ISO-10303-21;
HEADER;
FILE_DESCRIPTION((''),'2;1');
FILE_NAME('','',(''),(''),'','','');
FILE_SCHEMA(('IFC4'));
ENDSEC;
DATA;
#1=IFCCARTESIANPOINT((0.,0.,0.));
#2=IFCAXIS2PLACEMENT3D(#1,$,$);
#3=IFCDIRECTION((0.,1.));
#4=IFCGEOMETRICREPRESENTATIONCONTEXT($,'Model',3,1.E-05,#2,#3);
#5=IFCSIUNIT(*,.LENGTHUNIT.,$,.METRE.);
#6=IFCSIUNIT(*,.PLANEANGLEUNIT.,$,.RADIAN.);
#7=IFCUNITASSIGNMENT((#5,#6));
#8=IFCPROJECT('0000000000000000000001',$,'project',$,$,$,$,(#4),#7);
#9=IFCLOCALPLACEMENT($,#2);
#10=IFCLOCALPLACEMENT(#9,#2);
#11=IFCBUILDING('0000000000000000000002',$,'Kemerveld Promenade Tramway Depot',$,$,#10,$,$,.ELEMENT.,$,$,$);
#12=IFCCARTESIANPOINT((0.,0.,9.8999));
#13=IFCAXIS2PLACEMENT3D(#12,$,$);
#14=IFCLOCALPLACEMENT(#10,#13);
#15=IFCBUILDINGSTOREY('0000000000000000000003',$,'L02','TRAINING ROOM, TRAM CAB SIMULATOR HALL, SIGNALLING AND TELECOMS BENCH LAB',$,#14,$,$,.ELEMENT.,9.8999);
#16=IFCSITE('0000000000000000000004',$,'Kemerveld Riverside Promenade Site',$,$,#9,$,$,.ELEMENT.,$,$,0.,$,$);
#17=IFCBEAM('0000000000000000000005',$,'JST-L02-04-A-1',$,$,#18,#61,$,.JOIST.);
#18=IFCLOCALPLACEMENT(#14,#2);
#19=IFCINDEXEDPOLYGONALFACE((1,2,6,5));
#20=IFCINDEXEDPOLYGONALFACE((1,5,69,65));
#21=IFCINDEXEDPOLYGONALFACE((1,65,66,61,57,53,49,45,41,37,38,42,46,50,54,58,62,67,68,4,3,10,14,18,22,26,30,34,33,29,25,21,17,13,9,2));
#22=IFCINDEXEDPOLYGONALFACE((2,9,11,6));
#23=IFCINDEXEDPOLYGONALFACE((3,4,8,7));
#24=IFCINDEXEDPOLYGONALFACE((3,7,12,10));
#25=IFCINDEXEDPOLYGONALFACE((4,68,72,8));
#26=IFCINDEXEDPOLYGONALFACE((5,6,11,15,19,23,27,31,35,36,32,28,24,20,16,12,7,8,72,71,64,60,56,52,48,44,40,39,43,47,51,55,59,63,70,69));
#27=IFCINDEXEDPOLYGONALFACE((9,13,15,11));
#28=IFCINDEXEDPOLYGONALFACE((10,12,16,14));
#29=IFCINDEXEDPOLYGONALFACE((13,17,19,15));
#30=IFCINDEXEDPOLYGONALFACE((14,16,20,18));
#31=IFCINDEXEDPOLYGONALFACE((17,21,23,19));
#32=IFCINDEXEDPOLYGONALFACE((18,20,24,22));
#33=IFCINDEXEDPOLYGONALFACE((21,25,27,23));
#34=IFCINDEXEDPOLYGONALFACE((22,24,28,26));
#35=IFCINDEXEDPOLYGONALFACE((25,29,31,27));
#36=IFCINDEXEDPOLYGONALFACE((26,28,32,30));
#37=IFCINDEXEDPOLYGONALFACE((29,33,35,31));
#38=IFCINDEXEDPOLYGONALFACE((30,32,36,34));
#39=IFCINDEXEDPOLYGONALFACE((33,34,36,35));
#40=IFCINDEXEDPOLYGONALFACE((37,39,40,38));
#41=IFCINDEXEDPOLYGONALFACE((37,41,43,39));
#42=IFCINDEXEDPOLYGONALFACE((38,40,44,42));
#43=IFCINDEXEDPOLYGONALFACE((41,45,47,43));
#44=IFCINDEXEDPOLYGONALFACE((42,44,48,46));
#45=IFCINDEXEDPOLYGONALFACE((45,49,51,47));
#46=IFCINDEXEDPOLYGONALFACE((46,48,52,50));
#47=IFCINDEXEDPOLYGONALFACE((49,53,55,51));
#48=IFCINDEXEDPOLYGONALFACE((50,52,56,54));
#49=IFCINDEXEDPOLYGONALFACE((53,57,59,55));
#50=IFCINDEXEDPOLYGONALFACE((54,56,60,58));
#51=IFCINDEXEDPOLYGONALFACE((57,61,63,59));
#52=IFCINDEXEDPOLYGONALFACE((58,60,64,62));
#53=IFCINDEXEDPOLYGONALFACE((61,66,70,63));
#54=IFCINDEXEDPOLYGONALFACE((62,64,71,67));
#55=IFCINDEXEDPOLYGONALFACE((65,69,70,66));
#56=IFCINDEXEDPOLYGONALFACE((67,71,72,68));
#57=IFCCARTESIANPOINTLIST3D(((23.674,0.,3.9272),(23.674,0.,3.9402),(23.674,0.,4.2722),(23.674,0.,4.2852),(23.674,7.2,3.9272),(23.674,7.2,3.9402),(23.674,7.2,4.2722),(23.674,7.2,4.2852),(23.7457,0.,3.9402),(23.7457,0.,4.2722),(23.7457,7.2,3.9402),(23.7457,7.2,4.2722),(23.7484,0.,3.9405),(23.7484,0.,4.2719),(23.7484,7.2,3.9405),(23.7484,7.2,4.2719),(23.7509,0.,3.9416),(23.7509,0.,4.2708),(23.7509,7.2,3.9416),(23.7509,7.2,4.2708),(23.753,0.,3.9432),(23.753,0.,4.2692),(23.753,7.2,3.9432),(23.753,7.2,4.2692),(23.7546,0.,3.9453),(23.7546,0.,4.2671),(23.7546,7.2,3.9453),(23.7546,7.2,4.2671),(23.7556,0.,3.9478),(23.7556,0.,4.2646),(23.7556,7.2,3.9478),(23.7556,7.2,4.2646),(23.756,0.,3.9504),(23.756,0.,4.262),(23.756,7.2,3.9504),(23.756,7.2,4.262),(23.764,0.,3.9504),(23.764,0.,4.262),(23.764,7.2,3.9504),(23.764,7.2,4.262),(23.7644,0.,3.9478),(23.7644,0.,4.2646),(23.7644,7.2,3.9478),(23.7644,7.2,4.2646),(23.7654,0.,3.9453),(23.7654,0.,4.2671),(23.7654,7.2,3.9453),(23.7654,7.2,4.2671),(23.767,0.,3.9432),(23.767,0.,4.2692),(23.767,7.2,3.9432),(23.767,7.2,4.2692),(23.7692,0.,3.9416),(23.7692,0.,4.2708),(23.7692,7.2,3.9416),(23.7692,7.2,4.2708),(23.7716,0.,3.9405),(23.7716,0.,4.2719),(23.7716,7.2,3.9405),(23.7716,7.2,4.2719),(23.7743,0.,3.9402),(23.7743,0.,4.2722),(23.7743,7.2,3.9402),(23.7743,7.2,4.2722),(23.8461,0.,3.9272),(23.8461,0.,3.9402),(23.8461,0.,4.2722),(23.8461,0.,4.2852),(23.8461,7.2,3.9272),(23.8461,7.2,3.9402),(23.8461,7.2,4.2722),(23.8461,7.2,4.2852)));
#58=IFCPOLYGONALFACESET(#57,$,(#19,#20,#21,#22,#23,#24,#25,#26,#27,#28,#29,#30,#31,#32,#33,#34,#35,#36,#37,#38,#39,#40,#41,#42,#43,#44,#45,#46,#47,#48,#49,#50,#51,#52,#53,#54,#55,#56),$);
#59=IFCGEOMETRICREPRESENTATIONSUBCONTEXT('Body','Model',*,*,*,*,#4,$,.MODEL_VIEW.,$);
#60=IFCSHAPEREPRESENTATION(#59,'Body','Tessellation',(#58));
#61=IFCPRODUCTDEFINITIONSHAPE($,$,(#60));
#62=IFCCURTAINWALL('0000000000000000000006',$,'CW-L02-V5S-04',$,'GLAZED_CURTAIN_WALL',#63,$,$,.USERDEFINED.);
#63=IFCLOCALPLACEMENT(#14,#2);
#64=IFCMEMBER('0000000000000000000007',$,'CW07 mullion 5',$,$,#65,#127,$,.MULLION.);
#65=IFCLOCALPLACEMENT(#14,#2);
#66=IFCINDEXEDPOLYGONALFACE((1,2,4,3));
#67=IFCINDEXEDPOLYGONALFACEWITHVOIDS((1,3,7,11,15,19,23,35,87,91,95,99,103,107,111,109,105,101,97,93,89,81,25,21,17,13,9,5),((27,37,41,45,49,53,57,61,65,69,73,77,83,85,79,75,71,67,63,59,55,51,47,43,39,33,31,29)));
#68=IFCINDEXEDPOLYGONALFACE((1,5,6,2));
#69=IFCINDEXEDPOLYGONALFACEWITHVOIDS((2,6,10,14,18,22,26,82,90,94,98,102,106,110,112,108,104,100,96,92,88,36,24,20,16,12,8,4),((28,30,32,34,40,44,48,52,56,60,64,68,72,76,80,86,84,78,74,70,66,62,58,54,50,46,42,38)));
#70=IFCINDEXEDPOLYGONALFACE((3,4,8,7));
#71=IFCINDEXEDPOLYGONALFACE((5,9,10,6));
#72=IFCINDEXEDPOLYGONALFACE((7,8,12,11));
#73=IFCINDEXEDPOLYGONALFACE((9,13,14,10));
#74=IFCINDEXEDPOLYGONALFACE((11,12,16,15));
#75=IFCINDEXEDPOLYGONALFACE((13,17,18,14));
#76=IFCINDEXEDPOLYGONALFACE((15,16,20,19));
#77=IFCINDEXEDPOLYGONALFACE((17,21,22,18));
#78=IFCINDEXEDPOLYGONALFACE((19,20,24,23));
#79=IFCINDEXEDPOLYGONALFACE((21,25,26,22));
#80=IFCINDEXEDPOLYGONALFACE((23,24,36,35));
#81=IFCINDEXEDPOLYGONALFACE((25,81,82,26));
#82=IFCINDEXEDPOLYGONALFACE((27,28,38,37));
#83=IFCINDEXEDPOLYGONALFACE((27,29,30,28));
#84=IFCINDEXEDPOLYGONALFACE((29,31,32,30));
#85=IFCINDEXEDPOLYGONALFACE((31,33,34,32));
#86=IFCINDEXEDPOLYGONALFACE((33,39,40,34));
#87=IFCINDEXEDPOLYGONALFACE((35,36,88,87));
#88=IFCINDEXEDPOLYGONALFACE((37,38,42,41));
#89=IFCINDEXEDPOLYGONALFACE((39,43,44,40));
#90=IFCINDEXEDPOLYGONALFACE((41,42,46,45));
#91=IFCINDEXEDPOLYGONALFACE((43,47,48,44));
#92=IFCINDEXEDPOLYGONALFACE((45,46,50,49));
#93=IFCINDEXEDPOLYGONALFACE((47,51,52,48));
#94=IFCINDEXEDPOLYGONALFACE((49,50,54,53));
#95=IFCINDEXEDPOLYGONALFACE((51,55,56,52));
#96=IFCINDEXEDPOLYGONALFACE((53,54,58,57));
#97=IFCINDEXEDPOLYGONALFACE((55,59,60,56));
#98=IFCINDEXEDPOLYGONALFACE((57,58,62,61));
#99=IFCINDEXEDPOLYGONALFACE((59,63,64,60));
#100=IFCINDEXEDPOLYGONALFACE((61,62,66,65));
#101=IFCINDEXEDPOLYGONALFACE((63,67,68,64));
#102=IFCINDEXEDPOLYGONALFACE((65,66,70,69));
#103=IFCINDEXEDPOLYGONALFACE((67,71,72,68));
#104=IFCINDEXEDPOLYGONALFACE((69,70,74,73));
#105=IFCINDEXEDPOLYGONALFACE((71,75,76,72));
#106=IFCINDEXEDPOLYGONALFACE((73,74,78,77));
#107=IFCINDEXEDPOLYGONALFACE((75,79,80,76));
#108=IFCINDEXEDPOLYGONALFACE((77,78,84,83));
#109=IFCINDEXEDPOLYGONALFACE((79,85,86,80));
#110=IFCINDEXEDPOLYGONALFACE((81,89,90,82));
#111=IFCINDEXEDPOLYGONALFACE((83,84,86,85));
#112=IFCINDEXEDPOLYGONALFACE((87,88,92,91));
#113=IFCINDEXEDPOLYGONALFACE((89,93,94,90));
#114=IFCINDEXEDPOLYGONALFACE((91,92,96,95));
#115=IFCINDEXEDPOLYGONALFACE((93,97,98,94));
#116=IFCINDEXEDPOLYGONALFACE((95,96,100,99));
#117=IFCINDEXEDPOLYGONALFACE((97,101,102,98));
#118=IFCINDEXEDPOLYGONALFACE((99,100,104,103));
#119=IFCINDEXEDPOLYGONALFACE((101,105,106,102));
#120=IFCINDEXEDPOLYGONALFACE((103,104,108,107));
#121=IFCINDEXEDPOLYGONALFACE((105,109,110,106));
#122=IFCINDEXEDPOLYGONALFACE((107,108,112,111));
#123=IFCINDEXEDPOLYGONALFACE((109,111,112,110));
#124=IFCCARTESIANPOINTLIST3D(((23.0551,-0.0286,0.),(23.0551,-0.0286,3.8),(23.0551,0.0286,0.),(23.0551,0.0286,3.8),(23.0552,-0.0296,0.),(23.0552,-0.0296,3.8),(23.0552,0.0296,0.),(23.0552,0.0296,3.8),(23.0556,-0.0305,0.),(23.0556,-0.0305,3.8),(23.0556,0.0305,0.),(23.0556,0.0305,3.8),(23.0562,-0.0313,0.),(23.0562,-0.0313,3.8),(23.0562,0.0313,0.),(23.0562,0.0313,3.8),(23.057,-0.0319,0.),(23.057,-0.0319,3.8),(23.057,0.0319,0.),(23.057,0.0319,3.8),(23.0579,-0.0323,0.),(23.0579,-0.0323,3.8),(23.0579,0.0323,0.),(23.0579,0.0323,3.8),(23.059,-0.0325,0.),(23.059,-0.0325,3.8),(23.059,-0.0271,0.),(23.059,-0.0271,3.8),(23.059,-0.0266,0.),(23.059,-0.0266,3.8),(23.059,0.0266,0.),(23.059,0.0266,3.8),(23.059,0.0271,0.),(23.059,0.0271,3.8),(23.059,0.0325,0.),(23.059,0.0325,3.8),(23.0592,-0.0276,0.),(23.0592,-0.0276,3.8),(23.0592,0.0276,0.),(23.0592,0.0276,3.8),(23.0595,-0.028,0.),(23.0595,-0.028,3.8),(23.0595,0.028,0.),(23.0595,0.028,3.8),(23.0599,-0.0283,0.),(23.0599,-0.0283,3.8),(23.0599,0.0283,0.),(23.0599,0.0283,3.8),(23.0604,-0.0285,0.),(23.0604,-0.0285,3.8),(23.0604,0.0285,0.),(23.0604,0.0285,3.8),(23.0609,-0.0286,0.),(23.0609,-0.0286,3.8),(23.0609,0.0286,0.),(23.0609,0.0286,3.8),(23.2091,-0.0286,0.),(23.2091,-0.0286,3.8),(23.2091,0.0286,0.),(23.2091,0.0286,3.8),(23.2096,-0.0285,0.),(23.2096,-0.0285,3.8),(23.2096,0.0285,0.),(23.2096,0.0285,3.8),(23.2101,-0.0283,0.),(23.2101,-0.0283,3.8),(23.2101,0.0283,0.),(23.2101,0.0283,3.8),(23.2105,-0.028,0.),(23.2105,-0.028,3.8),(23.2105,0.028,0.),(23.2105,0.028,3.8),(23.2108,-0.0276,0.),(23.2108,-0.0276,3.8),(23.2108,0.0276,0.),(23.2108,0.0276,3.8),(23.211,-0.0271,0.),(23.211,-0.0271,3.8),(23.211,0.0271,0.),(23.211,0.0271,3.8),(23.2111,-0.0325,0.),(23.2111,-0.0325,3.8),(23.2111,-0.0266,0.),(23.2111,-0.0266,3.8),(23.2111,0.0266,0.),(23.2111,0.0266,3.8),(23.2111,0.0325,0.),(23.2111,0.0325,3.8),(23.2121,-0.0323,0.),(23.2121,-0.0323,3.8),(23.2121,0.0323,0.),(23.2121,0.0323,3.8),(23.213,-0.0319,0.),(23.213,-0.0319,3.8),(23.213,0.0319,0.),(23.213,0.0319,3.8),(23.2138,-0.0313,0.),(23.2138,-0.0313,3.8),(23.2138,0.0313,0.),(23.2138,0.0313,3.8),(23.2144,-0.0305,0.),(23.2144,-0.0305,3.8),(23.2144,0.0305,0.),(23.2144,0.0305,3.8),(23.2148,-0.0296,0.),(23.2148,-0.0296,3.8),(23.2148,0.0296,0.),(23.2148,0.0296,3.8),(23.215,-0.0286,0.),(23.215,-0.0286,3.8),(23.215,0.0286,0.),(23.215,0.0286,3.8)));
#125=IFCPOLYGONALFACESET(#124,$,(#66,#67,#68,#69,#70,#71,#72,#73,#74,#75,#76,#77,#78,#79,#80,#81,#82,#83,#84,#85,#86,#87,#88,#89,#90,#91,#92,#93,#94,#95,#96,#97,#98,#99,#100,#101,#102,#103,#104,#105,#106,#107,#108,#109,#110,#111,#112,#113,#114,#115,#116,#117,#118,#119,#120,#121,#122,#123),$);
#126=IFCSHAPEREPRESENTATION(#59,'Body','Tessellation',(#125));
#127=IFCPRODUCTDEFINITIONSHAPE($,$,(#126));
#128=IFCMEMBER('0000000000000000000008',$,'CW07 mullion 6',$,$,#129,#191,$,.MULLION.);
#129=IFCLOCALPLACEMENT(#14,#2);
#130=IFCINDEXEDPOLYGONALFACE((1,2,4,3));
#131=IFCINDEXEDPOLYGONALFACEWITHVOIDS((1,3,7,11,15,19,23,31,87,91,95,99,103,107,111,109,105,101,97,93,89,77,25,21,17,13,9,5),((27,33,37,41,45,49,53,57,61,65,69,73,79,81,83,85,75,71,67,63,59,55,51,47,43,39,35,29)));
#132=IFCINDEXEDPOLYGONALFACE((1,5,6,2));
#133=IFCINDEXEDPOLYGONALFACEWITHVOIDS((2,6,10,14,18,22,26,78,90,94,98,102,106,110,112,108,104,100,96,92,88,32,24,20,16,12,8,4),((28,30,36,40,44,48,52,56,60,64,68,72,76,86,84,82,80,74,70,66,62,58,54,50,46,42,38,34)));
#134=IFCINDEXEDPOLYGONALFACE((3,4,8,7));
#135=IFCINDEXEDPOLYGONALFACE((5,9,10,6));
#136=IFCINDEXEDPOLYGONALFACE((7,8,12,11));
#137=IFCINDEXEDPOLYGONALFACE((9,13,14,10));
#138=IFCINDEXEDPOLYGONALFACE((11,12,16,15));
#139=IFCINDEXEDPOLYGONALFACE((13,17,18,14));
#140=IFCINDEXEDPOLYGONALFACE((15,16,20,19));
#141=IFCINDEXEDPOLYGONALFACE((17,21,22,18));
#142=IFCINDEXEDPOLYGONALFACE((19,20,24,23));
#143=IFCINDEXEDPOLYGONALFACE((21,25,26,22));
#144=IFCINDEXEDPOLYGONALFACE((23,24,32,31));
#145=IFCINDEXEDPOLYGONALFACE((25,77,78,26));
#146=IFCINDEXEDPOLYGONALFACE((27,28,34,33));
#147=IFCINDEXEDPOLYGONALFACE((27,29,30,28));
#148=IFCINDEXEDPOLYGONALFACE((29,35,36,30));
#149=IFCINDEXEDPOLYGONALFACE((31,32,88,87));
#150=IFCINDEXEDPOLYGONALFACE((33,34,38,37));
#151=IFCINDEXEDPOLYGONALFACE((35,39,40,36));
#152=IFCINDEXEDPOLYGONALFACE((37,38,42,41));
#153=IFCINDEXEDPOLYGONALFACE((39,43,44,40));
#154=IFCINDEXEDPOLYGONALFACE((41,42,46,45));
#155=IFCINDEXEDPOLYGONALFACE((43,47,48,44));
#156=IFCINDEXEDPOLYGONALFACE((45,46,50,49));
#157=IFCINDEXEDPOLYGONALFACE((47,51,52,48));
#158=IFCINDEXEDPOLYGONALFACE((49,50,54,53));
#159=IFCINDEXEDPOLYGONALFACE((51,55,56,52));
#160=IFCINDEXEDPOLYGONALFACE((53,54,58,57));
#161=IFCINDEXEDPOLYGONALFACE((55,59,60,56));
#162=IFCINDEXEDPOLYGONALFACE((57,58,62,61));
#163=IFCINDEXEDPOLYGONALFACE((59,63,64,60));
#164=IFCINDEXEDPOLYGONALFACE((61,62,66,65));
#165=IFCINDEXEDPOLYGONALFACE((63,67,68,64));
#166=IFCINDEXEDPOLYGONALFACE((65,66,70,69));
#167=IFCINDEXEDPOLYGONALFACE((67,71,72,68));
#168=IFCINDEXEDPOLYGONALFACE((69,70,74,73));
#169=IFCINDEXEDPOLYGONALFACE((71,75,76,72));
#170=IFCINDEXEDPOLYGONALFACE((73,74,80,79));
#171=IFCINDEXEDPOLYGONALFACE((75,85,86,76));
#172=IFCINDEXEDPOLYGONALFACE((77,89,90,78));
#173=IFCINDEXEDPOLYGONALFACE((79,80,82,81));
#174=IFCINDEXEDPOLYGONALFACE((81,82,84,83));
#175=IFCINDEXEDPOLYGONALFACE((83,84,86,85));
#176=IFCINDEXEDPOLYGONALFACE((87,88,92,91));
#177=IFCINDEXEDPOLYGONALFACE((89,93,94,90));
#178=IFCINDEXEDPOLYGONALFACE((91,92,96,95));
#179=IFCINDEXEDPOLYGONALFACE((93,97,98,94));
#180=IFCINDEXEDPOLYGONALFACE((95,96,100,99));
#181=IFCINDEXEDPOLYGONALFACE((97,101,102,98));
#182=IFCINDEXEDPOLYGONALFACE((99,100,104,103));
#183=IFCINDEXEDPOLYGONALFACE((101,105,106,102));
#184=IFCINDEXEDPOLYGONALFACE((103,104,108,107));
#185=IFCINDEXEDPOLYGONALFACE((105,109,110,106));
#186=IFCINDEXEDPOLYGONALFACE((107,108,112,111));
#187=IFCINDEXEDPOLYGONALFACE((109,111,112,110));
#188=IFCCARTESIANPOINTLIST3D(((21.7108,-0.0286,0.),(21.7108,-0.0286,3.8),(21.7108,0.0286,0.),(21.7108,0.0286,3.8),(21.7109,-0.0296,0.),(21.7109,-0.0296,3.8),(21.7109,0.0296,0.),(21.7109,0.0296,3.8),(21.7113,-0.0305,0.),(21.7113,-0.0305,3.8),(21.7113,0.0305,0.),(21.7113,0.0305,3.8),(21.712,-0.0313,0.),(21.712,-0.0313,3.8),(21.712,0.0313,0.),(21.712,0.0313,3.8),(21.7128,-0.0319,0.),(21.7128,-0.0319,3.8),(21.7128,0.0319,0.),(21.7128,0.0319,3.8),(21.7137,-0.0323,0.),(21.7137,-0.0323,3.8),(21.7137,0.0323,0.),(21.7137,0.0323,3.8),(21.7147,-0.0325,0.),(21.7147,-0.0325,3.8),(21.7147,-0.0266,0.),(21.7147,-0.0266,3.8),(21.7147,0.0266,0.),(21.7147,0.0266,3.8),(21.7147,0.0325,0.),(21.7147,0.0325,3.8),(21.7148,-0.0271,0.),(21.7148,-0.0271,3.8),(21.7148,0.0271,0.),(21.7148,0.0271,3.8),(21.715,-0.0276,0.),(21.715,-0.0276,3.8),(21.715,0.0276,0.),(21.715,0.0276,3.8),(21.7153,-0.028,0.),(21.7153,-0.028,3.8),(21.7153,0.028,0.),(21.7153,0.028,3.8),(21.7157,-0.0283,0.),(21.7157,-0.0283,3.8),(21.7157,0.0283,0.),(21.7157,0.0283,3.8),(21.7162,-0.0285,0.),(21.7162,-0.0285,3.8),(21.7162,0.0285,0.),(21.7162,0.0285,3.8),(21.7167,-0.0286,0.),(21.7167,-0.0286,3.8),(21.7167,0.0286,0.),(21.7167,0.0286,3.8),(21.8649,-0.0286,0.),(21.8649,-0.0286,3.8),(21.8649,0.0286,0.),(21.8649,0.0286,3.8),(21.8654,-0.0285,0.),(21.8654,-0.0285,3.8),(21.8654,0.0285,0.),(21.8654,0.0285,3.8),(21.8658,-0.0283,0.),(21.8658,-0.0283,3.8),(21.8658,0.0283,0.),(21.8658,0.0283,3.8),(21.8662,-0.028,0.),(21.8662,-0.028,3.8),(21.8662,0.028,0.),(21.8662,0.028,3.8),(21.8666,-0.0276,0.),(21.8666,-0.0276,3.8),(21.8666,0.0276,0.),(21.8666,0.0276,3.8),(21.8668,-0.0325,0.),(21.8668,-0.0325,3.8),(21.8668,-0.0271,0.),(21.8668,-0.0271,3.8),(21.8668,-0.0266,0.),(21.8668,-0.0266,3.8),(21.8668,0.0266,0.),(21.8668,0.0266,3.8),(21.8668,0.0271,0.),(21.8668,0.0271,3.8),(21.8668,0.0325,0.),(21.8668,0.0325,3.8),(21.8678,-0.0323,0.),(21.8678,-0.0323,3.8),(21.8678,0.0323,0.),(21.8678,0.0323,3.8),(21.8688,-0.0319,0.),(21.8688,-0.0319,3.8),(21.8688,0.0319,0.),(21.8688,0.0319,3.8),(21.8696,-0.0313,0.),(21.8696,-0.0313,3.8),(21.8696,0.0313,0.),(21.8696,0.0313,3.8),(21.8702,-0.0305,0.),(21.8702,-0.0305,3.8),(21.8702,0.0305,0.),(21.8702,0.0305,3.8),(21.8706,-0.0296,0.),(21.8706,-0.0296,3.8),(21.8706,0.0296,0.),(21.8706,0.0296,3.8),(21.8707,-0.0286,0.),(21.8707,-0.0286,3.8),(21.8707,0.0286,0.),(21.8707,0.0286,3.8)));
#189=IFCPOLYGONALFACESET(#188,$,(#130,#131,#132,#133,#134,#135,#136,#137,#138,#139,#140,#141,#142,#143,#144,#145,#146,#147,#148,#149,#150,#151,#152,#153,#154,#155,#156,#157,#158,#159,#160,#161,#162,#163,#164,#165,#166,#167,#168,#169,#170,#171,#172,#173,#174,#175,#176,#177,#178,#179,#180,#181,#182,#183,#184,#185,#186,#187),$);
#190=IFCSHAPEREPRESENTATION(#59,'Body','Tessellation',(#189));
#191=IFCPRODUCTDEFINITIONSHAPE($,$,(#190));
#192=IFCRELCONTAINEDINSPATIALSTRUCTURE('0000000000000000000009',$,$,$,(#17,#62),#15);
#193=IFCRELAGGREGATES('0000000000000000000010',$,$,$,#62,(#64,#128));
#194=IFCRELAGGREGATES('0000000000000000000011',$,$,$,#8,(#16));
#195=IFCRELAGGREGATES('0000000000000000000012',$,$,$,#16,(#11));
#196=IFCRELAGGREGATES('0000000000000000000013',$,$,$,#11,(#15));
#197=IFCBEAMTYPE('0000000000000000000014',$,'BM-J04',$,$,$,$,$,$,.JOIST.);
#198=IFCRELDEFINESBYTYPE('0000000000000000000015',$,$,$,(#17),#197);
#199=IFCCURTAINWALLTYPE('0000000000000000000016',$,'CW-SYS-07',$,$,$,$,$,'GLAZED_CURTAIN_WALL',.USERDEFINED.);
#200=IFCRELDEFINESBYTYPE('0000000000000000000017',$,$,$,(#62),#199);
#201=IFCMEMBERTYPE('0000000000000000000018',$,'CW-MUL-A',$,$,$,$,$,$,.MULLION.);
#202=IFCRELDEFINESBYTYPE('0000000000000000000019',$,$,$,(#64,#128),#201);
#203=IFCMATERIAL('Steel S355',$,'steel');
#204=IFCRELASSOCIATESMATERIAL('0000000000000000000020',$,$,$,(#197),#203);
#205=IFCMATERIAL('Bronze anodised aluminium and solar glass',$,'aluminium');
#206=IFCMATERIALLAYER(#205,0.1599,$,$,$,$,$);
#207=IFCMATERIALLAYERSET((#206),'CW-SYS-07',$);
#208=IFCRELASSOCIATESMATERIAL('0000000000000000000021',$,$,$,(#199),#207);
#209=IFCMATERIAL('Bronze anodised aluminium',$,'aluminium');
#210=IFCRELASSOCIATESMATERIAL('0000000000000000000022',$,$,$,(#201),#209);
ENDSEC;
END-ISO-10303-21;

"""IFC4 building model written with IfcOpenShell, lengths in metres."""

from ifc_helpers import new_model, si_unit, direction, frame, origin, origin_2d, place, context, subcontext, project, spatial, hollow_rectangle, i_section, extrude, material, layer, layer_set, material_profile, profile_set, type_object, element, aggregate, save


model = new_model("IFC4")

# Units and contexts
model_context = context("Model", 3, precision=1e-05, world=origin(), true_north=direction((0.0, 1.0)))
body_context = subcontext(model_context, "Body", "Model", "MODEL_VIEW")
ifc_project = project(units=[si_unit("LENGTHUNIT", "METRE"), si_unit("PLANEANGLEUNIT", "RADIAN")], contexts=[model_context])

# Site, building, storey
site_placement = place(None, origin())
site = spatial("IfcSite", under=ifc_project, at=site_placement, Name="Kemerveld Riverside Promenade Site", CompositionType="ELEMENT", RefElevation=0.0)
building_placement = place(site_placement, origin())
building = spatial("IfcBuilding", under=site, at=building_placement, Name="Kemerveld Promenade Tramway Depot", CompositionType="ELEMENT")
storey_placement = place(building_placement, frame((0.0, 0.0, 9.8999)))
storey = spatial("IfcBuildingStorey", under=building, at=storey_placement, Name="L02", Description="TRAINING ROOM, TRAM CAB SIMULATOR HALL, SIGNALLING AND TELECOMS BENCH LAB", CompositionType="ELEMENT", Elevation=9.8999)

# Shared definitions
ifc_material_1 = material(Name="Steel S355", Category="steel")

# Beam
ifc_material_profile_1 = material_profile(ifc_material_1, i_section(OverallWidth=0.1721, OverallDepth=0.3579, WebThickness=0.0081, FlangeThickness=0.0129, FilletRadius=0.0103, at=origin_2d()), Name="356x171x57 UB")
ifc_profile_set_1 = profile_set([ifc_material_profile_1], Name="Steel S355")
beam_type_1 = type_object("IfcBeamType", Name="BM-J04", PredefinedType="JOIST", material=ifc_profile_set_1)
beam_1_placement = place(storey_placement, frame((23.76, 0.0, 4.1062), z_axis=(0.0, 1.0, 0.0), x_axis=(-1.0, 0.0, 0.0)))
element("IfcBeam", 1, at=beam_1_placement, inside=storey, type_object=beam_type_1, Name="JST-L02-04-A-1", PredefinedType="JOIST", context=body_context, shape_type="SweptSolid", body=[
    extrude(i_section(OverallWidth=0.1721, OverallDepth=0.3579, WebThickness=0.0081, FlangeThickness=0.0129, FilletRadius=0.0103, at=origin_2d()), origin(), (0.0, 0.0, 1.0), 7.2),
])

# Curtain wall, members
ifc_material_2 = material(Name="Bronze anodised aluminium and solar glass", Category="aluminium")
ifc_layer_1 = layer(ifc_material_2, 0.1599)
ifc_layer_set_1 = layer_set([ifc_layer_1], Name="CW-SYS-07")
curtain_wall_type_1 = type_object("IfcCurtainWallType", Name="CW-SYS-07", ElementType="GLAZED_CURTAIN_WALL", PredefinedType="USERDEFINED", material=ifc_layer_set_1)
curtain_wall_1_placement = place(storey_placement, origin())
curtain_wall_1 = element("IfcCurtainWall", 2, at=curtain_wall_1_placement, inside=storey, type_object=curtain_wall_type_1, Name="CW-L02-V5S-04", ObjectType="GLAZED_CURTAIN_WALL", PredefinedType="USERDEFINED")
ifc_material_3 = material(Name="Bronze anodised aluminium", Category="aluminium")
ifc_material_profile_2 = material_profile(ifc_material_3, hollow_rectangle(XDim=0.0649, YDim=0.1599, WallThickness=0.0039, InnerFilletRadius=0.002, OuterFilletRadius=0.0039, at=origin_2d()), Name="CW-MUL-160x65")
ifc_profile_set_2 = profile_set([ifc_material_profile_2], Name="Bronze anodised aluminium")
member_type_1 = type_object("IfcMemberType", Name="CW-MUL-A", PredefinedType="MULLION", material=ifc_profile_set_2)
member_1_placement = place(storey_placement, frame((23.135, 0.0, 0.0), z_axis=(0.0, 0.0, 1.0), x_axis=(0.0, -1.0, 0.0)))
member_1 = element("IfcMember", 3, at=member_1_placement, type_object=member_type_1, Name="CW07 mullion 5", PredefinedType="MULLION", context=body_context, shape_type="SweptSolid", body=[
    extrude(hollow_rectangle(XDim=0.0649, YDim=0.1599, WallThickness=0.0039, InnerFilletRadius=0.002, OuterFilletRadius=0.0039, at=origin_2d()), origin(), (0.0, 0.0, 1.0), 3.8),
])
member_2_placement = place(storey_placement, frame((21.7908, 0.0, 0.0), z_axis=(0.0, 0.0, 1.0), x_axis=(0.0, -1.0, 0.0)))
member_2 = element("IfcMember", 4, at=member_2_placement, type_object=member_type_1, Name="CW07 mullion 6", PredefinedType="MULLION", context=body_context, shape_type="SweptSolid", body=[
    extrude(hollow_rectangle(XDim=0.0649, YDim=0.1599, WallThickness=0.0039, InnerFilletRadius=0.002, OuterFilletRadius=0.0039, at=origin_2d()), origin(), (0.0, 0.0, 1.0), 3.8),
])

aggregate(curtain_wall_1, [member_1, member_2])

save(model, "model.ifc")
